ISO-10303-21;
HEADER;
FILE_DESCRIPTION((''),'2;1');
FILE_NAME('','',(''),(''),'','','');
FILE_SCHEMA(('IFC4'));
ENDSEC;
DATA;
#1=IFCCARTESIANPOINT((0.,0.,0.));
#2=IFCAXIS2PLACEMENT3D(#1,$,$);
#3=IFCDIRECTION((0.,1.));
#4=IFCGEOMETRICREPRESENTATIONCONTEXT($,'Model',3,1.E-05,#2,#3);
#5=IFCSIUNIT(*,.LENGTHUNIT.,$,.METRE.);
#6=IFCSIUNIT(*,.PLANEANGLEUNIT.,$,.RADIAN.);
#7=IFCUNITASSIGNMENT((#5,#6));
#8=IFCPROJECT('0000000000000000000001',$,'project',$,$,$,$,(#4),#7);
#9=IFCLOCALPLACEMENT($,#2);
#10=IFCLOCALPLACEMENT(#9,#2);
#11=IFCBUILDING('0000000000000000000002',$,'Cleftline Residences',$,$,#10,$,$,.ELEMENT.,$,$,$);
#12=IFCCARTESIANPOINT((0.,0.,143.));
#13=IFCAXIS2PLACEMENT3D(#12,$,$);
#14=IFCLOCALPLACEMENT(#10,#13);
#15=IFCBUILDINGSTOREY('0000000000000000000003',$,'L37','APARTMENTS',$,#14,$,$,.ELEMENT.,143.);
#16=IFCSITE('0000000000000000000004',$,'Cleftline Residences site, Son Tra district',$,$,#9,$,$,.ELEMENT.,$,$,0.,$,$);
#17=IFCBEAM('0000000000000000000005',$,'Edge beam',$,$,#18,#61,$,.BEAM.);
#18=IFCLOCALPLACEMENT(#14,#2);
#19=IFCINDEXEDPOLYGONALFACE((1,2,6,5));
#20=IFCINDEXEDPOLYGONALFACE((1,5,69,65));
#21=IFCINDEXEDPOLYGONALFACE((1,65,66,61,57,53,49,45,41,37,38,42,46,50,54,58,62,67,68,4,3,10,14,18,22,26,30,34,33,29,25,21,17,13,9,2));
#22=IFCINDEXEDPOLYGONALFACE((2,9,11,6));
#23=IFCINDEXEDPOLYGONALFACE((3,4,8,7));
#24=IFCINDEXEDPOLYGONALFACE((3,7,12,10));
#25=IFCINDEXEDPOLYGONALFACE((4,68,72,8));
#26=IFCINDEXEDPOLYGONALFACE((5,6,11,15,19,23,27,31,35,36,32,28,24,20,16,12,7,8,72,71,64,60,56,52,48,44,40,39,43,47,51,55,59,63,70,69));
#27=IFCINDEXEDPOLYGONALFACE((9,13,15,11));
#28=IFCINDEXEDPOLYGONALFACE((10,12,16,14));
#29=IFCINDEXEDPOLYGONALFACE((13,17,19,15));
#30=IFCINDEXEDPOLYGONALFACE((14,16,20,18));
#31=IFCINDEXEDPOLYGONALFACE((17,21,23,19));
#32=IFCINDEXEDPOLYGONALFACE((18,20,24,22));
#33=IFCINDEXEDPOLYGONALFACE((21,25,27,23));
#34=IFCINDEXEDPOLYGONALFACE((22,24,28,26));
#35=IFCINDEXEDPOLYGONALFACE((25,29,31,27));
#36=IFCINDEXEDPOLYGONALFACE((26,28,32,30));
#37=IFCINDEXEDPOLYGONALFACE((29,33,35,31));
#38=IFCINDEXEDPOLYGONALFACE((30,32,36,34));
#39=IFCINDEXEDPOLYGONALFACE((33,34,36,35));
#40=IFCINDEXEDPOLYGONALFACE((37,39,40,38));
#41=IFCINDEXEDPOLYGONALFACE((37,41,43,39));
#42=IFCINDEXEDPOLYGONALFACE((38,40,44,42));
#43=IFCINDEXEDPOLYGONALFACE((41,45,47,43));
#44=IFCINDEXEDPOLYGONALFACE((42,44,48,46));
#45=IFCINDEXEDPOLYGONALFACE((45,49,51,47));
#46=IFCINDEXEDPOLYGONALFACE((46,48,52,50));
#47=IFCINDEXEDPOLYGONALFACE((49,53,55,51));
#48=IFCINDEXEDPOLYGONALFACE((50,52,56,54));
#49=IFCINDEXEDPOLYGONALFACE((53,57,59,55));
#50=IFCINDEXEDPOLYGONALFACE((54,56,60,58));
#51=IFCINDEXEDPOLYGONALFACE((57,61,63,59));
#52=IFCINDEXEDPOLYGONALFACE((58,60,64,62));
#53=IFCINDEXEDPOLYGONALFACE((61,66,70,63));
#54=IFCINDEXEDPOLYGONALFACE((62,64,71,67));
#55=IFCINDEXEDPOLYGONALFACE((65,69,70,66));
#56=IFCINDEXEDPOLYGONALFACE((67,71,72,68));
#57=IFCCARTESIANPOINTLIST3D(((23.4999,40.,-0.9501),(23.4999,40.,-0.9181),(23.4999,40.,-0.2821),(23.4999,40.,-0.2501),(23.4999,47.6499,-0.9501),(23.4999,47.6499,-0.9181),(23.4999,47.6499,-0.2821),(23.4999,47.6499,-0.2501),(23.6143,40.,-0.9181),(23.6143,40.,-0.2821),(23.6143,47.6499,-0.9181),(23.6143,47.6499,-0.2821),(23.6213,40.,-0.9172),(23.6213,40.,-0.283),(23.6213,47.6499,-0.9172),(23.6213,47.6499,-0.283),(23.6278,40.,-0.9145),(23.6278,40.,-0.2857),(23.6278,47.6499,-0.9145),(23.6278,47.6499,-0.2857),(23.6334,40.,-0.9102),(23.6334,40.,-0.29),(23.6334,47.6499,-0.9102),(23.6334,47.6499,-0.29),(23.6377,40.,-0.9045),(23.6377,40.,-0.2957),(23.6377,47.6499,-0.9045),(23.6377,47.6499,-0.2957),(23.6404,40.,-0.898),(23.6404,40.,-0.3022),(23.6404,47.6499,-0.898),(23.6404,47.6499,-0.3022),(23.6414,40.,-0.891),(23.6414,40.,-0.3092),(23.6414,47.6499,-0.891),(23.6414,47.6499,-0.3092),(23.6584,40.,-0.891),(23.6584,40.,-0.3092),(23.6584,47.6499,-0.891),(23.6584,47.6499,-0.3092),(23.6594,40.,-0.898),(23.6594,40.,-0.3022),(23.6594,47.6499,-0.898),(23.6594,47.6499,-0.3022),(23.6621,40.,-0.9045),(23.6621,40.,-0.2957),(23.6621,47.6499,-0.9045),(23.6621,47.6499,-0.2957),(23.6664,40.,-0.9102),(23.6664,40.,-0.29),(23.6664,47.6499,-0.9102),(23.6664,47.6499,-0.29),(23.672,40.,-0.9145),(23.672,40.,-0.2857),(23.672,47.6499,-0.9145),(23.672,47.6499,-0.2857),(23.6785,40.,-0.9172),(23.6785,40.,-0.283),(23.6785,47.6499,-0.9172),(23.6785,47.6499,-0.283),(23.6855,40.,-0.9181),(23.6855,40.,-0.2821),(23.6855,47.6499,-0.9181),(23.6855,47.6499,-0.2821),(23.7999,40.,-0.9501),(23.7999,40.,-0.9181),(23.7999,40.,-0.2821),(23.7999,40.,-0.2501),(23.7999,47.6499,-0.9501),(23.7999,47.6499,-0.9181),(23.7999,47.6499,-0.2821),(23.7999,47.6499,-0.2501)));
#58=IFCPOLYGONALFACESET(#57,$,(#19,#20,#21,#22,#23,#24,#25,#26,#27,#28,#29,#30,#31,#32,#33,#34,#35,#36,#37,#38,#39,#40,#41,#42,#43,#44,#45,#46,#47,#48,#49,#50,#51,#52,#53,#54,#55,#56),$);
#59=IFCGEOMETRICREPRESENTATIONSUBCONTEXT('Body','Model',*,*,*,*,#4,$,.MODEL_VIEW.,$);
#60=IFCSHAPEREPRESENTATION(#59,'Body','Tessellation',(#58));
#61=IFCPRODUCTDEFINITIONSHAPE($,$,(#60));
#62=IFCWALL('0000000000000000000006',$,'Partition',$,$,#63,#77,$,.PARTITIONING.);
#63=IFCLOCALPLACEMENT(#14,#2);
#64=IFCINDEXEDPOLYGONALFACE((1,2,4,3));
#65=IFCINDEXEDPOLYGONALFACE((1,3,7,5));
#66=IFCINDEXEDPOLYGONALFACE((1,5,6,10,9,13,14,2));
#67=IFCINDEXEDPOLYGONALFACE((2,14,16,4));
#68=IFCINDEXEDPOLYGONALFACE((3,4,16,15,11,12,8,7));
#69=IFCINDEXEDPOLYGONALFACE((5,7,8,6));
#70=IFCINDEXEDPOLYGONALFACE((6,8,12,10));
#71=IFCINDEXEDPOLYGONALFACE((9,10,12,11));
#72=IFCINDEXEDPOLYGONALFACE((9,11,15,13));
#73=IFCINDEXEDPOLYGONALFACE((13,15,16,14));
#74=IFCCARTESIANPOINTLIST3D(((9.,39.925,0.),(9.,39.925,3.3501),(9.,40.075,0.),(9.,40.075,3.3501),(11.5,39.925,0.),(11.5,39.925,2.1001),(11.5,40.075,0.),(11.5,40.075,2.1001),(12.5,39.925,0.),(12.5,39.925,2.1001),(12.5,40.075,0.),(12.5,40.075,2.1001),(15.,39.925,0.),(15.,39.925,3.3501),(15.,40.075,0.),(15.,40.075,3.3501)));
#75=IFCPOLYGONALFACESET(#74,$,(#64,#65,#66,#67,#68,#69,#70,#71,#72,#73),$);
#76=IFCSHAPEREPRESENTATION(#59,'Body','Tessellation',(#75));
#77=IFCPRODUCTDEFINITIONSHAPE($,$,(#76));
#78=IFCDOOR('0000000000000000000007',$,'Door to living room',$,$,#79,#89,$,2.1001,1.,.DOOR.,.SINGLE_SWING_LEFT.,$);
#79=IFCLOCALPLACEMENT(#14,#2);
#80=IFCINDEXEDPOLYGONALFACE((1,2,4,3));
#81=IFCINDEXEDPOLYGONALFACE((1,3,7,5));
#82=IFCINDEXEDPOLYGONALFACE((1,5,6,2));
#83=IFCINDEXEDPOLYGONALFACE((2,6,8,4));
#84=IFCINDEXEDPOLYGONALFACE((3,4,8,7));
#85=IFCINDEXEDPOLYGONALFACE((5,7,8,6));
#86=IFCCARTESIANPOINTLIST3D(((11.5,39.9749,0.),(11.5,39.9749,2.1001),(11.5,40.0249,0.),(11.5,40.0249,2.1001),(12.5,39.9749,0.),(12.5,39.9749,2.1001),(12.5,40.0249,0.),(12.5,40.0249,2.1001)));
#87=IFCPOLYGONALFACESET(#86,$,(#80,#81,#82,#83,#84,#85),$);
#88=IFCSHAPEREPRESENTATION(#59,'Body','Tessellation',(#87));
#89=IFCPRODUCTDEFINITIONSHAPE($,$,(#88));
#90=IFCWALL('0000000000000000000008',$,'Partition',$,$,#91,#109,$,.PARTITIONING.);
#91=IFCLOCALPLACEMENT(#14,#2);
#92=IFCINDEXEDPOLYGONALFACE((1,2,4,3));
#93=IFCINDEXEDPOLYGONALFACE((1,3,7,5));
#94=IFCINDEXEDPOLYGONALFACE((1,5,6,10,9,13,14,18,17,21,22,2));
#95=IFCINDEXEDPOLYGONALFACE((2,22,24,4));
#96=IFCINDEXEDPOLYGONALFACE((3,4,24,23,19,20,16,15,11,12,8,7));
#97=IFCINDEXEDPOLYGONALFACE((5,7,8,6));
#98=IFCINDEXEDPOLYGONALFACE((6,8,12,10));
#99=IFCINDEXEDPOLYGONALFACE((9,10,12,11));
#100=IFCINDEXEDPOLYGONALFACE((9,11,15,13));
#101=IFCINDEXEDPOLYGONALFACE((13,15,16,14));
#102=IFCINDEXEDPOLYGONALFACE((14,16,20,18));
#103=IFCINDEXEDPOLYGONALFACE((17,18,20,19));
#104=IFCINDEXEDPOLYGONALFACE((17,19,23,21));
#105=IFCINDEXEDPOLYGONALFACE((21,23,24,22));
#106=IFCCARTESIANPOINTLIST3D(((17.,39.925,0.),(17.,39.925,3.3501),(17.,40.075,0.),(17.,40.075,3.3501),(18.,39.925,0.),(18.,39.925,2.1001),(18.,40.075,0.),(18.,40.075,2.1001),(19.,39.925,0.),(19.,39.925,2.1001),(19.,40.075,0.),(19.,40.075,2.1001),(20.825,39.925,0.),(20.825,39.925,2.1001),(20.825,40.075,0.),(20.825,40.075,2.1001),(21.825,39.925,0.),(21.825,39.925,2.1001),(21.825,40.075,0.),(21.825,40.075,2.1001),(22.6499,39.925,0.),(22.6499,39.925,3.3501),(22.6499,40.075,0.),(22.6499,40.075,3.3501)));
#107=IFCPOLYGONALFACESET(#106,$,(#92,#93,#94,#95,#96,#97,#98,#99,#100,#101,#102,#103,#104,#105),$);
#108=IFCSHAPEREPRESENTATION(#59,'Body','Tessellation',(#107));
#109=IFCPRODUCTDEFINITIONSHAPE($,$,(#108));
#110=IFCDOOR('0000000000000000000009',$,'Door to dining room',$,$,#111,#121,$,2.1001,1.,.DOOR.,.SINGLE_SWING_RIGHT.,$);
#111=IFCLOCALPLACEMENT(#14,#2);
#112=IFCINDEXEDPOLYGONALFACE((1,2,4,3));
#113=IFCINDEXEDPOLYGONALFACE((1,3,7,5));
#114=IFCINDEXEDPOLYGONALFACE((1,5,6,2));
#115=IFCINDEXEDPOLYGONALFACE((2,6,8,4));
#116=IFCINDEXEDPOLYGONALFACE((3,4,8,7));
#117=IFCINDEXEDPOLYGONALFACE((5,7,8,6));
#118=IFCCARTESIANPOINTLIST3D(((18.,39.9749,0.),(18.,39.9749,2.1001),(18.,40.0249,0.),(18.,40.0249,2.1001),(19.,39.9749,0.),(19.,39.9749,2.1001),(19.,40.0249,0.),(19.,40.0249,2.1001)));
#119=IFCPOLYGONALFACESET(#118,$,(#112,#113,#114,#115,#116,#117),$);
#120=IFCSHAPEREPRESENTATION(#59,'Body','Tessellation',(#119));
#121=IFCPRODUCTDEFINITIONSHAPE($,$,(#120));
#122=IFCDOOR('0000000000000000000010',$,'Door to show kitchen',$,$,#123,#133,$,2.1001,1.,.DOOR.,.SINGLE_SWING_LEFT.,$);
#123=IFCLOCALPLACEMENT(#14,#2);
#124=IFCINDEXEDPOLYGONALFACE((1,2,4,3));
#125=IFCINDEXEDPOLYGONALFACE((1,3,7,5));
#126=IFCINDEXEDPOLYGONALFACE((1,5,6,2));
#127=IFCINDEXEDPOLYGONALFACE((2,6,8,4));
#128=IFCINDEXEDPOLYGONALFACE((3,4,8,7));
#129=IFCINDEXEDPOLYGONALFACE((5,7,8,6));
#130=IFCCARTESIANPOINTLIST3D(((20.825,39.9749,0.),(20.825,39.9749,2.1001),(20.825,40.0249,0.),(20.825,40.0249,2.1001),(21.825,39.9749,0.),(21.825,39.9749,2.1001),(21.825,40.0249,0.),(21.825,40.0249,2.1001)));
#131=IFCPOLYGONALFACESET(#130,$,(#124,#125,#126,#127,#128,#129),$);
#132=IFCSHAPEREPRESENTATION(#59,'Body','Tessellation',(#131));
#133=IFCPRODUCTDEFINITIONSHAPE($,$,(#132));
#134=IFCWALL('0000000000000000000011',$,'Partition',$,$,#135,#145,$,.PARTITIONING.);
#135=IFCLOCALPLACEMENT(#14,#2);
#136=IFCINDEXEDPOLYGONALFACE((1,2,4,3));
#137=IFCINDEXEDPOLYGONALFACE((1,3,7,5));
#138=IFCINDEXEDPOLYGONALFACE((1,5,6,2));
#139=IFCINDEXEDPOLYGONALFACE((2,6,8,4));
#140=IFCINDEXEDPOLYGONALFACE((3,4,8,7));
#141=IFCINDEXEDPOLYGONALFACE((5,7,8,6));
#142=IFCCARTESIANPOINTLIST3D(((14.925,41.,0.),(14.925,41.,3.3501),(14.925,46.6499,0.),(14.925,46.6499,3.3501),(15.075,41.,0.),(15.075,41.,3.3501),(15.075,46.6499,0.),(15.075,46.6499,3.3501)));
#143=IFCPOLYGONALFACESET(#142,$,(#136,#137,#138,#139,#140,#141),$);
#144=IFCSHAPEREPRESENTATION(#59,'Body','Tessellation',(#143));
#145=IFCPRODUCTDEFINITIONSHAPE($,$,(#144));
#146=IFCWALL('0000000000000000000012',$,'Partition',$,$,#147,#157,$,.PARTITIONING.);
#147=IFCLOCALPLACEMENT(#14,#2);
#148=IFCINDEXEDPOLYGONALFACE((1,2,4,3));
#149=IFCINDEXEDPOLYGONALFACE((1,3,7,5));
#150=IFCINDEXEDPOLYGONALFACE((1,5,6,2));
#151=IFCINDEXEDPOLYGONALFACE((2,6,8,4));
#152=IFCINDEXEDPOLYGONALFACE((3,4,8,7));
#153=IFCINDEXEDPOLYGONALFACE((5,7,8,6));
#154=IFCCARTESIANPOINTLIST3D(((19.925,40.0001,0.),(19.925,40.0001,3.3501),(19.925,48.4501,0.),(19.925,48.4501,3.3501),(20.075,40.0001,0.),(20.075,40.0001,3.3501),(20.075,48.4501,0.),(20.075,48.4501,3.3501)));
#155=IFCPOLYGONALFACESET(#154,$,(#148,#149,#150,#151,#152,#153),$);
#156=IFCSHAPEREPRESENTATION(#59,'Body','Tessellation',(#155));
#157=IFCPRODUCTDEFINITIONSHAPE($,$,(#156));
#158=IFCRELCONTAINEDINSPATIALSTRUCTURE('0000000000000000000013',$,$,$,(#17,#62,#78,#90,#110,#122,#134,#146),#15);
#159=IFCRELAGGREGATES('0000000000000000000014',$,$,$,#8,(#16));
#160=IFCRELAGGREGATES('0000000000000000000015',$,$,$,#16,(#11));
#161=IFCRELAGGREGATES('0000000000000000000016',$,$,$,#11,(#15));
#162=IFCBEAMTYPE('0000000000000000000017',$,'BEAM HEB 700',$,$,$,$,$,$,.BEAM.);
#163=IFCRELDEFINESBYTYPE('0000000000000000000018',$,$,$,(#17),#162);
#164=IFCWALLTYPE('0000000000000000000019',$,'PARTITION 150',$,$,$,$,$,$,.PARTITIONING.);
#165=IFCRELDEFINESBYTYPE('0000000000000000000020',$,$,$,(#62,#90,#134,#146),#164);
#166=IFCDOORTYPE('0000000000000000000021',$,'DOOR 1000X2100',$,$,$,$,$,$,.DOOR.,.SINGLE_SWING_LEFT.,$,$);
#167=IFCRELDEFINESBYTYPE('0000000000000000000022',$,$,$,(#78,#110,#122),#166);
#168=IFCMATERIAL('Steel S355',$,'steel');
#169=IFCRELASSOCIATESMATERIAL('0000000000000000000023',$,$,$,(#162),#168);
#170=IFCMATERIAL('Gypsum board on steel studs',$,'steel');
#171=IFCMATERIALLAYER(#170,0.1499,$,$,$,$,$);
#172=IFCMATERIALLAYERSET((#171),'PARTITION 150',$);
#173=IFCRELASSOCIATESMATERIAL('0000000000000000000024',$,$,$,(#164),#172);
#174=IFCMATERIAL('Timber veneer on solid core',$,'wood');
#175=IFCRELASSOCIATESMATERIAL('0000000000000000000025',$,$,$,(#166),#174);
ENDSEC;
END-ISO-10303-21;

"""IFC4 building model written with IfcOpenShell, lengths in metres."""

from ifc_helpers import new_model, si_unit, direction, frame, frame_2d, origin, origin_2d, place, context, subcontext, project, spatial, rectangle, i_section, extrude, material, layer, layer_set, material_profile, profile_set, type_object, element, fill, save


model = new_model("IFC4")

# Units and contexts
model_context = context("Model", 3, precision=1e-05, world=origin(), true_north=direction((0.0, 1.0)))
body_context = subcontext(model_context, "Body", "Model", "MODEL_VIEW")
ifc_project = project(units=[si_unit("LENGTHUNIT", "METRE"), si_unit("PLANEANGLEUNIT", "RADIAN")], contexts=[model_context])

# Site, building, storey
site_placement = place(None, origin())
site = spatial("IfcSite", under=ifc_project, at=site_placement, Name="Cleftline Residences site, Son Tra district", CompositionType="ELEMENT", RefElevation=0.0)
building_placement = place(site_placement, origin())
building = spatial("IfcBuilding", under=site, at=building_placement, Name="Cleftline Residences", CompositionType="ELEMENT")
storey_placement = place(building_placement, frame((0.0, 0.0, 143.0)))
storey = spatial("IfcBuildingStorey", under=building, at=storey_placement, Name="L37", Description="APARTMENTS", CompositionType="ELEMENT", Elevation=143.0)

# Beam
ifc_material_1 = material(Name="Steel S355", Category="steel")
ifc_material_profile_1 = material_profile(ifc_material_1, i_section(OverallWidth=0.3, OverallDepth=0.7, WebThickness=0.0171, FlangeThickness=0.032, FilletRadius=0.0271, at=origin_2d()))
ifc_profile_set_1 = profile_set([ifc_material_profile_1], Name="Steel S355")
beam_type = type_object("IfcBeamType", Name="BEAM HEB 700", PredefinedType="BEAM", material=ifc_profile_set_1)
for number, where, z_axis, x_axis, name in (
    (1, (23.6499, 47.6499, -0.6001), (0.0, -1.0, 0.0), (1.0, 0.0, 0.0), "Edge beam"),
):
    element("IfcBeam", number, at=place(storey_placement, frame(where, z_axis=z_axis, x_axis=x_axis)), inside=storey, type_object=beam_type, Name=name, PredefinedType="BEAM", context=body_context, shape_type="SweptSolid", body=[
        extrude(i_section(OverallWidth=0.3, OverallDepth=0.7, WebThickness=0.0171, FlangeThickness=0.032, FilletRadius=0.0271, at=origin_2d()), origin(), (0.0, 0.0, 1.0), 7.6499),
    ])

# Wall, opening, door
ifc_material_2 = material(Name="Gypsum board on steel studs", Category="steel")
ifc_layer = layer(ifc_material_2, 0.1499)
ifc_layer_set = layer_set([ifc_layer], Name="PARTITION 150")
wall_type = type_object("IfcWallType", Name="PARTITION 150", PredefinedType="PARTITIONING", material=ifc_layer_set)
wall_1_placement = place(storey_placement, frame((9.0, 40.0, 0.0), z_axis=(0.0, 0.0, 1.0), x_axis=(1.0, 0.0, 0.0)))
wall_1 = element("IfcWall", 2, at=wall_1_placement, inside=storey, type_object=wall_type, Name="Partition", PredefinedType="PARTITIONING", context=body_context, shape_type="SweptSolid", body=[
    extrude(rectangle(XDim=6.0, YDim=0.1499, at=frame_2d((3.0, 0.0))), origin(), (0.0, 0.0, 1.0), 3.3501),
])
opening_1_placement = place(wall_1_placement, frame((2.5, 0.0, 0.0)))
opening_1 = element("IfcOpeningElement", 3, at=opening_1_placement, cuts=wall_1, PredefinedType="OPENING", context=body_context, shape_type="SweptSolid", body=[
    extrude(rectangle(XDim=1.0, YDim=2.1001, at=frame_2d((0.5, 1.05))), frame((0.0, 0.085, 0.0), z_axis=(0.0, -1.0, 0.0), x_axis=(1.0, 0.0, 0.0)), (0.0, 0.0, 1.0), 0.1699),
])
ifc_material_3 = material(Name="Timber veneer on solid core", Category="wood")
door_type = type_object("IfcDoorType", Name="DOOR 1000X2100", OperationType="SINGLE_SWING_LEFT", PredefinedType="DOOR", material=ifc_material_3)
door_1_placement = place(opening_1_placement, origin())
door_1 = element("IfcDoor", 4, at=door_1_placement, inside=storey, type_object=door_type, Name="Door to living room", OperationType="SINGLE_SWING_LEFT", OverallHeight=2.1001, OverallWidth=1.0, PredefinedType="DOOR", context=body_context, shape_type="SweptSolid", body=[
    extrude(rectangle(XDim=1.0, YDim=2.1001, at=frame_2d((0.5, 1.05))), frame((0.0, 0.0249, 0.0), z_axis=(0.0, -1.0, 0.0), x_axis=(1.0, 0.0, 0.0)), (0.0, 0.0, 1.0), 0.05),
])
fill(opening_1, door_1)

# Wall, openings, doors
wall_2_placement = place(storey_placement, frame((17.0, 40.0, 0.0), z_axis=(0.0, 0.0, 1.0), x_axis=(1.0, 0.0, 0.0)))
wall_2 = element("IfcWall", 5, at=wall_2_placement, inside=storey, type_object=wall_type, Name="Partition", PredefinedType="PARTITIONING", context=body_context, shape_type="SweptSolid", body=[
    extrude(rectangle(XDim=5.6499, YDim=0.1499, at=frame_2d((2.825, 0.0))), origin(), (0.0, 0.0, 1.0), 3.3501),
])
opening_2_placement = place(wall_2_placement, frame((1.0, 0.0, 0.0)))
opening_2 = element("IfcOpeningElement", 6, at=opening_2_placement, cuts=wall_2, PredefinedType="OPENING", context=body_context, shape_type="SweptSolid", body=[
    extrude(rectangle(XDim=1.0, YDim=2.1001, at=frame_2d((0.5, 1.05))), frame((0.0, 0.085, 0.0), z_axis=(0.0, -1.0, 0.0), x_axis=(1.0, 0.0, 0.0)), (0.0, 0.0, 1.0), 0.1699),
])
opening_3_placement = place(wall_2_placement, frame((3.825, 0.0, 0.0)))
opening_3 = element("IfcOpeningElement", 7, at=opening_3_placement, cuts=wall_2, PredefinedType="OPENING", context=body_context, shape_type="SweptSolid", body=[
    extrude(rectangle(XDim=1.0, YDim=2.1001, at=frame_2d((0.5, 1.05))), frame((0.0, 0.085, 0.0), z_axis=(0.0, -1.0, 0.0), x_axis=(1.0, 0.0, 0.0)), (0.0, 0.0, 1.0), 0.1699),
])
door_2_placement = place(opening_2_placement, origin())
door_2 = element("IfcDoor", 8, at=door_2_placement, inside=storey, type_object=door_type, Name="Door to dining room", OperationType="SINGLE_SWING_RIGHT", OverallHeight=2.1001, OverallWidth=1.0, PredefinedType="DOOR", context=body_context, shape_type="SweptSolid", body=[
    extrude(rectangle(XDim=1.0, YDim=2.1001, at=frame_2d((0.5, 1.05))), frame((0.0, 0.0249, 0.0), z_axis=(0.0, -1.0, 0.0), x_axis=(1.0, 0.0, 0.0)), (0.0, 0.0, 1.0), 0.05),
])
fill(opening_2, door_2)
door_3_placement = place(opening_3_placement, origin())
door_3 = element("IfcDoor", 9, at=door_3_placement, inside=storey, type_object=door_type, Name="Door to show kitchen", OperationType="SINGLE_SWING_LEFT", OverallHeight=2.1001, OverallWidth=1.0, PredefinedType="DOOR", context=body_context, shape_type="SweptSolid", body=[
    extrude(rectangle(XDim=1.0, YDim=2.1001, at=frame_2d((0.5, 1.05))), frame((0.0, 0.0249, 0.0), z_axis=(0.0, -1.0, 0.0), x_axis=(1.0, 0.0, 0.0)), (0.0, 0.0, 1.0), 0.05),
])
fill(opening_3, door_3)

# Walls
wall_3_placement = place(storey_placement, frame((15.0, 41.0, 0.0), z_axis=(0.0, 0.0, 1.0), x_axis=(0.0, 1.0, 0.0)))
element("IfcWall", 10, at=wall_3_placement, inside=storey, type_object=wall_type, Name="Partition", PredefinedType="PARTITIONING", context=body_context, shape_type="SweptSolid", body=[
    extrude(rectangle(XDim=5.6499, YDim=0.1499, at=frame_2d((2.825, 0.0))), origin(), (0.0, 0.0, 1.0), 3.3501),
])
wall_4_placement = place(storey_placement, frame((20.0, 40.0, 0.0), z_axis=(0.0, 0.0, 1.0), x_axis=(0.0, 1.0, 0.0)))
element("IfcWall", 11, at=wall_4_placement, inside=storey, type_object=wall_type, Name="Partition", PredefinedType="PARTITIONING", context=body_context, shape_type="SweptSolid", body=[
    extrude(rectangle(XDim=8.45, YDim=0.1499, at=frame_2d((4.2251, 0.0))), origin(), (0.0, 0.0, 1.0), 3.3501),
])

save(model, "model.ifc")
